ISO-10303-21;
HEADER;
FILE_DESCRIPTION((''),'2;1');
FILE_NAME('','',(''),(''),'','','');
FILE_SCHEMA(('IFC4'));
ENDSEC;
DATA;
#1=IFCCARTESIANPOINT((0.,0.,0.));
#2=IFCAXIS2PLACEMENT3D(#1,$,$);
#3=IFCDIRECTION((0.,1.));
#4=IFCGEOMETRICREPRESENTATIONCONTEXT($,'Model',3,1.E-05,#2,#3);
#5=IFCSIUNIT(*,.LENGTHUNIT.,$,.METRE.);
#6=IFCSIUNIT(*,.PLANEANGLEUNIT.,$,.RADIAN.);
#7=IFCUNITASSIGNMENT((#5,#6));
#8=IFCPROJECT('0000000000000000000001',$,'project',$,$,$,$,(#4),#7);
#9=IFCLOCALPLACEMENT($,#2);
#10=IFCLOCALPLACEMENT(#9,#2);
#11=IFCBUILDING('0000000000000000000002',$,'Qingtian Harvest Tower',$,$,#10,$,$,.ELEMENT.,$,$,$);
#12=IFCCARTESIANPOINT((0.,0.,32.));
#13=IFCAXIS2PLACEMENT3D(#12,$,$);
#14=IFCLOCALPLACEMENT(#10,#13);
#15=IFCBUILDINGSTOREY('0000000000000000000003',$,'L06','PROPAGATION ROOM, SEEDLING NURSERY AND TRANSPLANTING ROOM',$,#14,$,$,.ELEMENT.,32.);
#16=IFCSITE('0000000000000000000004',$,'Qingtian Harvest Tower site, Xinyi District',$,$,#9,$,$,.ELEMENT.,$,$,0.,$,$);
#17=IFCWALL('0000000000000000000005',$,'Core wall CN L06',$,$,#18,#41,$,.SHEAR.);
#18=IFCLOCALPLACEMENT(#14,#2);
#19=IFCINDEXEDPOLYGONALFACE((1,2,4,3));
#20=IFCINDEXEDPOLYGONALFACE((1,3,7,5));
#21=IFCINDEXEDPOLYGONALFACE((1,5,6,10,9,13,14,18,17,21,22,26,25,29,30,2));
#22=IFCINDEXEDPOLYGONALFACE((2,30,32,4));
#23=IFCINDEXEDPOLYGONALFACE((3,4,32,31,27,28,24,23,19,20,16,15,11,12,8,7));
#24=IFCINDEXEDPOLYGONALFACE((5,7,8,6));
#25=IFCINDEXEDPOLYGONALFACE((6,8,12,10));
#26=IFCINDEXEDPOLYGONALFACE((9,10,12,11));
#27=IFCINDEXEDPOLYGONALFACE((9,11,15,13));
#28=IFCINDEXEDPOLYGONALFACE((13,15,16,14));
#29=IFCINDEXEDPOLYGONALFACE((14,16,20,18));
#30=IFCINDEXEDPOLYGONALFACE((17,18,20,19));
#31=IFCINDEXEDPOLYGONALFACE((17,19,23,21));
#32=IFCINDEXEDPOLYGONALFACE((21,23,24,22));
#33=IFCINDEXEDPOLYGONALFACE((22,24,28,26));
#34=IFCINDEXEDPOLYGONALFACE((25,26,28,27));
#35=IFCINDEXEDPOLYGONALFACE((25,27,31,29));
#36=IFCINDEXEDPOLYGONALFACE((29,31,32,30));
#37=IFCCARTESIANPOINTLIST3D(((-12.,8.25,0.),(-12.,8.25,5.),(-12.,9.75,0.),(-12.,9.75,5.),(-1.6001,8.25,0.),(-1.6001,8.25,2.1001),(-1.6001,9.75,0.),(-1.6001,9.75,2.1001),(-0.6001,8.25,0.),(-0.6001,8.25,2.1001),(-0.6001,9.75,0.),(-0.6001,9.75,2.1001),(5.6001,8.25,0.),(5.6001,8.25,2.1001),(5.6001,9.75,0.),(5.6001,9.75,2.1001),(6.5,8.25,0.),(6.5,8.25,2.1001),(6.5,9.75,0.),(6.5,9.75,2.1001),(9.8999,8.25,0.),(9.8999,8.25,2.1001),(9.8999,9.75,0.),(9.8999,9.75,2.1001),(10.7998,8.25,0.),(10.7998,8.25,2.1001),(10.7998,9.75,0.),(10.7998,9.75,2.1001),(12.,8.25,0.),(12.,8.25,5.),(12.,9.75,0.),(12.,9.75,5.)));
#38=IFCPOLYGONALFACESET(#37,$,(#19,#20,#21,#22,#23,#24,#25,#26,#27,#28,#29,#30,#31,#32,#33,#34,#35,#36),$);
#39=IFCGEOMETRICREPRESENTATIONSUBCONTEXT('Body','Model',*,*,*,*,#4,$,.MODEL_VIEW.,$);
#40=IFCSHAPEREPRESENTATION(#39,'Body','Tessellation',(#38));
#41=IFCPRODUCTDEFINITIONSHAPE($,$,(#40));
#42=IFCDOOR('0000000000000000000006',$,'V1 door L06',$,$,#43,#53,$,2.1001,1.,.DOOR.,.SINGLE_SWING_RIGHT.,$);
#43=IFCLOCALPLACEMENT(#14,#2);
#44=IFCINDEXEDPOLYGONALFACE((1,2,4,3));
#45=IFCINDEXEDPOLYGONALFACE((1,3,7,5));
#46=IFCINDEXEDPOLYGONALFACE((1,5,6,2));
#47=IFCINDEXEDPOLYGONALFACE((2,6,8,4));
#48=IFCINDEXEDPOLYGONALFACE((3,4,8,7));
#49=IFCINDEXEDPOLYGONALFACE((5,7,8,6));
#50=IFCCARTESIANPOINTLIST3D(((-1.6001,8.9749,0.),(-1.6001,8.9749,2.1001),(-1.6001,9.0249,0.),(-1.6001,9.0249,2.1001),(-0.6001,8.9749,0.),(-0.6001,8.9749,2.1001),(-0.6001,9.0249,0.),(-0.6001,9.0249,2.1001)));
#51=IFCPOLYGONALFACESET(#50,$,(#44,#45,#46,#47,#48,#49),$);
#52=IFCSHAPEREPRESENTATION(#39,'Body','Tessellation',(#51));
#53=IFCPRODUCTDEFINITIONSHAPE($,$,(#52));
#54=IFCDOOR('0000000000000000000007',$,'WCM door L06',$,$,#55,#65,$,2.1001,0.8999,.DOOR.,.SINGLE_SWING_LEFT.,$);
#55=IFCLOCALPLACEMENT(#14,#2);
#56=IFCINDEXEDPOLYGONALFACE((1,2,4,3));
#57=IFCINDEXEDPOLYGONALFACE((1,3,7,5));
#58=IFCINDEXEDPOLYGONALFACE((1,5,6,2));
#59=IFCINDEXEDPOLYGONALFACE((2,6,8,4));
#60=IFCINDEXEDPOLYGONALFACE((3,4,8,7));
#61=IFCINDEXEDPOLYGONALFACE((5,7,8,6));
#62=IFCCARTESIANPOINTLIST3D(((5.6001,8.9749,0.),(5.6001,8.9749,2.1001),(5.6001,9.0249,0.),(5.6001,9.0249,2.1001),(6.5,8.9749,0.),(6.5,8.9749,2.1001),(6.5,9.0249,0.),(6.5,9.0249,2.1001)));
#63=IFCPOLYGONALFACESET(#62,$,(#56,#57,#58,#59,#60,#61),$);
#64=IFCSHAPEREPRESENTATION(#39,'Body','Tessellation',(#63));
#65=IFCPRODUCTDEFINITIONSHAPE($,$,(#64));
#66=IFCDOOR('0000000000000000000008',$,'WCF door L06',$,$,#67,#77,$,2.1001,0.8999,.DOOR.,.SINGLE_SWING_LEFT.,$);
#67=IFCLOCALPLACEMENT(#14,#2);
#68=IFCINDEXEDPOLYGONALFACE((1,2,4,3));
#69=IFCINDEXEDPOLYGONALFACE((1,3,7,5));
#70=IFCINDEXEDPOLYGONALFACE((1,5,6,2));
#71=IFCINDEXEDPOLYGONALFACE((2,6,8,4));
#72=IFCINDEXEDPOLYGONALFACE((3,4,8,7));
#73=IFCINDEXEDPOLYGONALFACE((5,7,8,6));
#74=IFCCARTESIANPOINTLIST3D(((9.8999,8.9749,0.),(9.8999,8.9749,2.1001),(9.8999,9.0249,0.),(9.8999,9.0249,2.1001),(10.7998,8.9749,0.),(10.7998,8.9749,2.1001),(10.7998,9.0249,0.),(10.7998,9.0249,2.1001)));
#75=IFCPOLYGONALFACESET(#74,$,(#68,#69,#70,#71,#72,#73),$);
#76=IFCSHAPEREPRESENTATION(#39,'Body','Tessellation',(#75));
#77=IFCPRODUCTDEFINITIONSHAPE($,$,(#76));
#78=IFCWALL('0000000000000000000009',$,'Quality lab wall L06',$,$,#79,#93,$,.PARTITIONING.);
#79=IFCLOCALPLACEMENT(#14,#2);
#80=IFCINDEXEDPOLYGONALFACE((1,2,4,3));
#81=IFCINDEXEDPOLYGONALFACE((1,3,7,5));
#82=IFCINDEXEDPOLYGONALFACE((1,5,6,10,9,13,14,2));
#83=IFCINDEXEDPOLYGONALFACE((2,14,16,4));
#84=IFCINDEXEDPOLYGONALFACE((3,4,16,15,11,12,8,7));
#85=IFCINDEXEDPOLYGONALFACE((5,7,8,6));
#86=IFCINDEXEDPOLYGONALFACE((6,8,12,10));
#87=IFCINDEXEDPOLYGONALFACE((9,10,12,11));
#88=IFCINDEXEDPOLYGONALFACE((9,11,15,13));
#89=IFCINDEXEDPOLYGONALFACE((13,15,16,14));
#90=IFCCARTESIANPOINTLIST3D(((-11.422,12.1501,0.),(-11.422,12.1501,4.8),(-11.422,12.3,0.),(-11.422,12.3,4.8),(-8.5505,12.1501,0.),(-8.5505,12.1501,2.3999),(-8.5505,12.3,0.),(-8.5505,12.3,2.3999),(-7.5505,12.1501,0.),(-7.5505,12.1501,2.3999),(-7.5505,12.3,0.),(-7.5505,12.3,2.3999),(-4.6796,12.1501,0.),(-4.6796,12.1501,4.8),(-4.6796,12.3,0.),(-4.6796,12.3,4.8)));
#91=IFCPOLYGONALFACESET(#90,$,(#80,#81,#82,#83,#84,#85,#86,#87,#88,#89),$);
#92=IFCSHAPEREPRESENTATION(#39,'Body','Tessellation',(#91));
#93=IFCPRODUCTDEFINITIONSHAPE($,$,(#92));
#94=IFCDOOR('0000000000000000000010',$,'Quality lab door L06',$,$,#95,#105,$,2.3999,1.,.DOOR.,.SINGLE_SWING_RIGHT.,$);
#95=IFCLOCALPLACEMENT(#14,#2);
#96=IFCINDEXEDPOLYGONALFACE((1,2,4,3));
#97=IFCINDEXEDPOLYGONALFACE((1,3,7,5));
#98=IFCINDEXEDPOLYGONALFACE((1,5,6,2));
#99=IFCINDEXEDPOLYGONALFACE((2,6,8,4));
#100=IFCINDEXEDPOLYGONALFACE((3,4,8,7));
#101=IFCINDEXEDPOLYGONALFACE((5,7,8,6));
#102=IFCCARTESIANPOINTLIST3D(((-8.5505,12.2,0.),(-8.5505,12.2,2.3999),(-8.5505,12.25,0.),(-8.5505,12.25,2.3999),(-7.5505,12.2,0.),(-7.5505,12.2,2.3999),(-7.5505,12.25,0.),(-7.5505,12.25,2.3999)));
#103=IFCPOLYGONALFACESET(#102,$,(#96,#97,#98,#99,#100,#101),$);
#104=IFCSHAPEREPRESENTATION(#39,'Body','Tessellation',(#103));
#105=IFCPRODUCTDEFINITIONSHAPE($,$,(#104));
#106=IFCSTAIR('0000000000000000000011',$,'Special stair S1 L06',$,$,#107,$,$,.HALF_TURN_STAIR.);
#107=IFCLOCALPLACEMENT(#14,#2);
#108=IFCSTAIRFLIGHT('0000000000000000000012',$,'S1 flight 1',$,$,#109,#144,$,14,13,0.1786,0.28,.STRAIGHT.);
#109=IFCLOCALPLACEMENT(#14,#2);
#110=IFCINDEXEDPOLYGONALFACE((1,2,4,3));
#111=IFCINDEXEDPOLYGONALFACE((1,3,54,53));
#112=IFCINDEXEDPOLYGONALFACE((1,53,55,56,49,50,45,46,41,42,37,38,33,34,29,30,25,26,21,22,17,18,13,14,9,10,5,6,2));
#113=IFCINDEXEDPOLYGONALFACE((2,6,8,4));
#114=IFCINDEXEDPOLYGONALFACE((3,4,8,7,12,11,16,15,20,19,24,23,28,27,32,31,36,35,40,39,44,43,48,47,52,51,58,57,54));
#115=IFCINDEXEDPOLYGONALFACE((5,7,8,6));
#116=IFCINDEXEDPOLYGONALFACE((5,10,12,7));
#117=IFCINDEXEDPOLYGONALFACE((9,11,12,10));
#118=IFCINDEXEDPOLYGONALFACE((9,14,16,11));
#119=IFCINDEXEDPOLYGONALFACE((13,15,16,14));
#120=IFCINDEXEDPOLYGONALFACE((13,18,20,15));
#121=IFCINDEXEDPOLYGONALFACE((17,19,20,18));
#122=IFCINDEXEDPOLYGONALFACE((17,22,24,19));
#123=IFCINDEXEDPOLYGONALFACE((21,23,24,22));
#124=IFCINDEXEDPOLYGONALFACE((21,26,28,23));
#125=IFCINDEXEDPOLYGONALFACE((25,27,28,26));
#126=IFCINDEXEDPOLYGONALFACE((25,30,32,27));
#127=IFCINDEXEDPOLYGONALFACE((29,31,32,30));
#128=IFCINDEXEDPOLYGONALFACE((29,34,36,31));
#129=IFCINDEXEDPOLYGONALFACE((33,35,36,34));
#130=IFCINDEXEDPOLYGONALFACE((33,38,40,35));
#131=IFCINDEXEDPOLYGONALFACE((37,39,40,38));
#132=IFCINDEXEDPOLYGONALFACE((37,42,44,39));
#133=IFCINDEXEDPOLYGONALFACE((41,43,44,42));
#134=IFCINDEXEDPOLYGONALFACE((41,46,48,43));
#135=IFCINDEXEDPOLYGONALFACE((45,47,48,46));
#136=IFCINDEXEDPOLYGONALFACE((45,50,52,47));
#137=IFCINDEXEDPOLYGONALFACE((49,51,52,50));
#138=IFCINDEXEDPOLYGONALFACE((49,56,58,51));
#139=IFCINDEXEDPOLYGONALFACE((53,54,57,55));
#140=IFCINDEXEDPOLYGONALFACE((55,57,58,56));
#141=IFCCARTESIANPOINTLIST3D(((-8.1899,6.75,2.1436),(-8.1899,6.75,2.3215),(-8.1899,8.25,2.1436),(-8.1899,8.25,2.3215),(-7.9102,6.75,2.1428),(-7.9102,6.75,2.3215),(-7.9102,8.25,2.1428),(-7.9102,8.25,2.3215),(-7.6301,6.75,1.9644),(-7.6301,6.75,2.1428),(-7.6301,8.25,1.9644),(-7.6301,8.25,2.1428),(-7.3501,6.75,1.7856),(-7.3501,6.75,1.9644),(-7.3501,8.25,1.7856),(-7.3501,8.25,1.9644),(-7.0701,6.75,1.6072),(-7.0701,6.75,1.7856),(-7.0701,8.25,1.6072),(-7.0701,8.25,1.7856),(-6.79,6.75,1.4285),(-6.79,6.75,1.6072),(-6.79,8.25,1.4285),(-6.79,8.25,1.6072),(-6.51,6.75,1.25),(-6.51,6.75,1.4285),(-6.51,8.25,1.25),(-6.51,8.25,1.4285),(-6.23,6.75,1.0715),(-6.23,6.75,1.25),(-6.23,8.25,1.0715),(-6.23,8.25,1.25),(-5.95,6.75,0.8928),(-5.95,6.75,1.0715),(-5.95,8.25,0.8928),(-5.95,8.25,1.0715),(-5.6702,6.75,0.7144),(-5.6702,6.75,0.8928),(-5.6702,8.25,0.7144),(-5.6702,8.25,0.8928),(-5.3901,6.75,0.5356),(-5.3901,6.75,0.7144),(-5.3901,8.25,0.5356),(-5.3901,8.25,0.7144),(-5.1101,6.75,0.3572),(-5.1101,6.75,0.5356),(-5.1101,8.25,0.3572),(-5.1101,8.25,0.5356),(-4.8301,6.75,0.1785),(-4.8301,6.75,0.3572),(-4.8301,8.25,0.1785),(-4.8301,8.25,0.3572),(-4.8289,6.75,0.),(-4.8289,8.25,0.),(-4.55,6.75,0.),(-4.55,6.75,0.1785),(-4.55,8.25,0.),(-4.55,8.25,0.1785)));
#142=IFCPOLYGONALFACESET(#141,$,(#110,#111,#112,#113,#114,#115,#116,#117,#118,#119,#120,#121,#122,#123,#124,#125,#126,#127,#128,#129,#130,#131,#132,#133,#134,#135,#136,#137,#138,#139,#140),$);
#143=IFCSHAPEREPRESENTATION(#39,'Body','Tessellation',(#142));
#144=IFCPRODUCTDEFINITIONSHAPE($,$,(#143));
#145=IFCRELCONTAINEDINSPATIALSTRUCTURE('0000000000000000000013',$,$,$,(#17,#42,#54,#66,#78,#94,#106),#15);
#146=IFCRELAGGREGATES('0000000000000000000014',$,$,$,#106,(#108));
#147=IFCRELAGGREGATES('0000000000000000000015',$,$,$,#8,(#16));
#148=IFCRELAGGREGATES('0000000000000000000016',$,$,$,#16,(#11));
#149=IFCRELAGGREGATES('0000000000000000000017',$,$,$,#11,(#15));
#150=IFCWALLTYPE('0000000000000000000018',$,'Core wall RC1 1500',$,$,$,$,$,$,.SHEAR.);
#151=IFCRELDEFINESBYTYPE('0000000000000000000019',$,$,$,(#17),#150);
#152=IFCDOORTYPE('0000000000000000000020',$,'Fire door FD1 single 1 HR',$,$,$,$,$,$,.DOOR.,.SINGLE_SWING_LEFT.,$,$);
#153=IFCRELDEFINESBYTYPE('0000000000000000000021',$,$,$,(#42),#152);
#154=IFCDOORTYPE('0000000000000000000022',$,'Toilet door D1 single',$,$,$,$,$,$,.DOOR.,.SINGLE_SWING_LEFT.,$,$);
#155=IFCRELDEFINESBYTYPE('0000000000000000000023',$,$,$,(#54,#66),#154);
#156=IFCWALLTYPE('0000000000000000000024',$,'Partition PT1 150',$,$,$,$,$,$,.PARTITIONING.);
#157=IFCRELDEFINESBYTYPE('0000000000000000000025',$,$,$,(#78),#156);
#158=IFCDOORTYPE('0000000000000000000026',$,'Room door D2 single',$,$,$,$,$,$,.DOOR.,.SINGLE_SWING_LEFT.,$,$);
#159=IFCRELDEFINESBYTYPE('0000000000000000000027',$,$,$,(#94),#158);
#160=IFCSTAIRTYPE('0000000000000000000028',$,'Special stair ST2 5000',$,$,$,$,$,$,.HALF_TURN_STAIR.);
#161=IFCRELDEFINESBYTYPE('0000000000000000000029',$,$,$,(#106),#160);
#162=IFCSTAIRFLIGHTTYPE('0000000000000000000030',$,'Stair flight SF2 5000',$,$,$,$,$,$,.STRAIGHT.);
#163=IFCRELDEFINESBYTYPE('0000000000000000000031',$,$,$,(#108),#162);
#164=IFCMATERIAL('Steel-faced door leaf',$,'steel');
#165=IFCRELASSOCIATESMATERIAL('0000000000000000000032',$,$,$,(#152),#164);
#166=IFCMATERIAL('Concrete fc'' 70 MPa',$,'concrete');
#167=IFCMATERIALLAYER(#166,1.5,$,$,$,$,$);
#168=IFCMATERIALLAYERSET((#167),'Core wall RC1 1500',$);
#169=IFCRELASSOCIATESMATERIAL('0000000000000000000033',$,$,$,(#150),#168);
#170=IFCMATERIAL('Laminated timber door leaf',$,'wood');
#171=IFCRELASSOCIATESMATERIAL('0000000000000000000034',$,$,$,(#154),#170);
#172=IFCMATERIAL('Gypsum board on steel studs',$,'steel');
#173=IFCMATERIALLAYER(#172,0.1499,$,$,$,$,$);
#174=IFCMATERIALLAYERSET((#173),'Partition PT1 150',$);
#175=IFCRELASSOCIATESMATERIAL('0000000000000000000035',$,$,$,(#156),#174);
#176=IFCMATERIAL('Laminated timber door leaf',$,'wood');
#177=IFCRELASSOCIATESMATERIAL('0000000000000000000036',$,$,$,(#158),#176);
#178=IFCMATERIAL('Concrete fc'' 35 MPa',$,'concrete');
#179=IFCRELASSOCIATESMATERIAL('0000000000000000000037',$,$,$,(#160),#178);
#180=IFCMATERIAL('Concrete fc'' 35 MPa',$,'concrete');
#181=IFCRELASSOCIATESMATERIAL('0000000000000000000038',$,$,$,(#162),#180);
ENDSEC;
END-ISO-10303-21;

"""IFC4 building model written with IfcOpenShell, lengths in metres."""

from ifc_helpers import new_model, si_unit, direction, frame, frame_2d, origin, place, context, subcontext, project, spatial, polyline, rectangle, outline, extrude, material, layer, layer_set, type_object, element, fill, aggregate, save


model = new_model("IFC4")

# Units and contexts
model_context = context("Model", 3, precision=1e-05, world=origin(), true_north=direction((0.0, 1.0)))
body_context = subcontext(model_context, "Body", "Model", "MODEL_VIEW")
ifc_project = project(units=[si_unit("LENGTHUNIT", "METRE"), si_unit("PLANEANGLEUNIT", "RADIAN")], contexts=[model_context])

# Site, building, storey
site_placement = place(None, origin())
site = spatial("IfcSite", under=ifc_project, at=site_placement, Name="Qingtian Harvest Tower site, Xinyi District", CompositionType="ELEMENT", RefElevation=0.0)
building_placement = place(site_placement, origin())
building = spatial("IfcBuilding", under=site, at=building_placement, Name="Qingtian Harvest Tower", CompositionType="ELEMENT")
storey_placement = place(building_placement, frame((0.0, 0.0, 32.0)))
storey = spatial("IfcBuildingStorey", under=building, at=storey_placement, Name="L06", Description="PROPAGATION ROOM, SEEDLING NURSERY AND TRANSPLANTING ROOM", CompositionType="ELEMENT", Elevation=32.0)

# Shared definitions
ifc_material_1 = material(Name="Steel-faced door leaf", Category="steel")
door_type_1 = type_object("IfcDoorType", Name="Fire door FD1 single 1 HR", OperationType="SINGLE_SWING_LEFT", PredefinedType="DOOR", material=ifc_material_1)

# Wall, openings, doors
ifc_material_2 = material(Name="Concrete fc' 70 MPa", Category="concrete")
ifc_layer_1 = layer(ifc_material_2, 1.5)
ifc_layer_set_1 = layer_set([ifc_layer_1], Name="Core wall RC1 1500")
wall_type_1 = type_object("IfcWallType", Name="Core wall RC1 1500", PredefinedType="SHEAR", material=ifc_layer_set_1)
wall_1_placement = place(storey_placement, frame((-12.0, 9.0, 0.0), z_axis=(0.0, 0.0, 1.0), x_axis=(1.0, 0.0, 0.0)))
wall_1 = element("IfcWall", 1, at=wall_1_placement, inside=storey, type_object=wall_type_1, Name="Core wall CN L06", PredefinedType="SHEAR", context=body_context, shape_type="SweptSolid", body=[
    extrude(rectangle(XDim=24.0, YDim=1.5, at=frame_2d((12.0, 0.0))), origin(), (0.0, 0.0, 1.0), 5.0),
])
opening_1_placement = place(wall_1_placement, frame((10.3999, 0.0, 0.0)))
opening_1 = element("IfcOpeningElement", 2, at=opening_1_placement, cuts=wall_1, PredefinedType="OPENING", context=body_context, shape_type="SweptSolid", body=[
    extrude(rectangle(XDim=1.0, YDim=2.1001, at=frame_2d((0.5, 1.05))), frame((0.0, 0.76, 0.0), z_axis=(0.0, -1.0, 0.0), x_axis=(1.0, 0.0, 0.0)), (0.0, 0.0, 1.0), 1.52),
])
opening_2_placement = place(wall_1_placement, frame((17.6001, 0.0, 0.0)))
opening_2 = element("IfcOpeningElement", 3, at=opening_2_placement, cuts=wall_1, PredefinedType="OPENING", context=body_context, shape_type="SweptSolid", body=[
    extrude(rectangle(XDim=0.8999, YDim=2.1001, at=frame_2d((0.45, 1.05))), frame((0.0, 0.76, 0.0), z_axis=(0.0, -1.0, 0.0), x_axis=(1.0, 0.0, 0.0)), (0.0, 0.0, 1.0), 1.52),
])
opening_3_placement = place(wall_1_placement, frame((21.8999, 0.0, 0.0)))
opening_3 = element("IfcOpeningElement", 4, at=opening_3_placement, cuts=wall_1, PredefinedType="OPENING", context=body_context, shape_type="SweptSolid", body=[
    extrude(rectangle(XDim=0.8999, YDim=2.1001, at=frame_2d((0.45, 1.05))), frame((0.0, 0.76, 0.0), z_axis=(0.0, -1.0, 0.0), x_axis=(1.0, 0.0, 0.0)), (0.0, 0.0, 1.0), 1.52),
])
door_1_placement = place(opening_1_placement, origin())
door_1 = element("IfcDoor", 5, at=door_1_placement, inside=storey, type_object=door_type_1, Name="V1 door L06", OperationType="SINGLE_SWING_RIGHT", OverallHeight=2.1001, OverallWidth=1.0, PredefinedType="DOOR", context=body_context, shape_type="SweptSolid", body=[
    extrude(rectangle(XDim=1.0, YDim=2.1001, at=frame_2d((0.5, 1.05))), frame((0.0, 0.0249, 0.0), z_axis=(0.0, -1.0, 0.0), x_axis=(1.0, 0.0, 0.0)), (0.0, 0.0, 1.0), 0.05),
])
fill(opening_1, door_1)
ifc_material_3 = material(Name="Laminated timber door leaf", Category="wood")
door_type_2 = type_object("IfcDoorType", Name="Toilet door D1 single", OperationType="SINGLE_SWING_LEFT", PredefinedType="DOOR", material=ifc_material_3)
door_2_placement = place(opening_2_placement, origin())
door_2 = element("IfcDoor", 6, at=door_2_placement, inside=storey, type_object=door_type_2, Name="WCM door L06", OperationType="SINGLE_SWING_LEFT", OverallHeight=2.1001, OverallWidth=0.8999, PredefinedType="DOOR", context=body_context, shape_type="SweptSolid", body=[
    extrude(rectangle(XDim=0.8999, YDim=2.1001, at=frame_2d((0.45, 1.05))), frame((0.0, 0.0249, 0.0), z_axis=(0.0, -1.0, 0.0), x_axis=(1.0, 0.0, 0.0)), (0.0, 0.0, 1.0), 0.05),
])
fill(opening_2, door_2)
door_3_placement = place(opening_3_placement, origin())
door_3 = element("IfcDoor", 7, at=door_3_placement, inside=storey, type_object=door_type_2, Name="WCF door L06", OperationType="SINGLE_SWING_LEFT", OverallHeight=2.1001, OverallWidth=0.8999, PredefinedType="DOOR", context=body_context, shape_type="SweptSolid", body=[
    extrude(rectangle(XDim=0.8999, YDim=2.1001, at=frame_2d((0.45, 1.05))), frame((0.0, 0.0249, 0.0), z_axis=(0.0, -1.0, 0.0), x_axis=(1.0, 0.0, 0.0)), (0.0, 0.0, 1.0), 0.05),
])
fill(opening_3, door_3)

# Wall, opening, door
ifc_material_4 = material(Name="Gypsum board on steel studs", Category="steel")
ifc_layer_2 = layer(ifc_material_4, 0.1499)
ifc_layer_set_2 = layer_set([ifc_layer_2], Name="Partition PT1 150")
wall_type_2 = type_object("IfcWallType", Name="Partition PT1 150", PredefinedType="PARTITIONING", material=ifc_layer_set_2)
wall_2_placement = place(storey_placement, frame((-11.4219, 12.2251, 0.0), z_axis=(0.0, 0.0, 1.0), x_axis=(1.0, 0.0, 0.0)))
wall_2 = element("IfcWall", 8, at=wall_2_placement, inside=storey, type_object=wall_type_2, Name="Quality lab wall L06", PredefinedType="PARTITIONING", context=body_context, shape_type="SweptSolid", body=[
    extrude(rectangle(XDim=6.7424, YDim=0.1499, at=frame_2d((3.3711, 0.0))), origin(), (0.0, 0.0, 1.0), 4.8),
])
opening_4_placement = place(wall_2_placement, frame((2.8713, 0.0, 0.0)))
opening_4 = element("IfcOpeningElement", 9, at=opening_4_placement, cuts=wall_2, PredefinedType="OPENING", context=body_context, shape_type="SweptSolid", body=[
    extrude(rectangle(XDim=1.0, YDim=2.3999, at=frame_2d((0.5, 1.2))), frame((0.0, 0.085, 0.0), z_axis=(0.0, -1.0, 0.0), x_axis=(1.0, 0.0, 0.0)), (0.0, 0.0, 1.0), 0.1699),
])
ifc_material_5 = material(Name="Laminated timber door leaf", Category="wood")
door_type_3 = type_object("IfcDoorType", Name="Room door D2 single", OperationType="SINGLE_SWING_LEFT", PredefinedType="DOOR", material=ifc_material_5)
door_4_placement = place(opening_4_placement, origin())
door_4 = element("IfcDoor", 10, at=door_4_placement, inside=storey, type_object=door_type_3, Name="Quality lab door L06", OperationType="SINGLE_SWING_RIGHT", OverallHeight=2.3999, OverallWidth=1.0, PredefinedType="DOOR", context=body_context, shape_type="SweptSolid", body=[
    extrude(rectangle(XDim=1.0, YDim=2.3999, at=frame_2d((0.5, 1.2))), frame((0.0, 0.0249, 0.0), z_axis=(0.0, -1.0, 0.0), x_axis=(1.0, 0.0, 0.0)), (0.0, 0.0, 1.0), 0.05),
])
fill(opening_4, door_4)

# Stair, stair flight
ifc_material_6 = material(Name="Concrete fc' 35 MPa", Category="concrete")
stair_type = type_object("IfcStairType", Name="Special stair ST2 5000", PredefinedType="HALF_TURN_STAIR", material=ifc_material_6)
stair_placement = place(storey_placement, origin())
stair = element("IfcStair", 11, at=stair_placement, inside=storey, type_object=stair_type, Name="Special stair S1 L06", PredefinedType="HALF_TURN_STAIR")
ifc_material_7 = material(Name="Concrete fc' 35 MPa", Category="concrete")
stair_flight_type = type_object("IfcStairFlightType", Name="Stair flight SF2 5000", PredefinedType="STRAIGHT", material=ifc_material_7)
stair_flight_1_placement = place(storey_placement, frame((-4.55, 7.5, 0.0), z_axis=(0.0, 0.0, 1.0), x_axis=(-1.0, 0.0, 0.0)))
stair_flight_1 = element("IfcStairFlight", 12, at=stair_flight_1_placement, type_object=stair_flight_type, Name="S1 flight 1", NumberOfRisers=14, NumberOfTreads=13, PredefinedType="STRAIGHT", RiserHeight=0.1786, TreadLength=0.28, context=body_context, shape_type="SweptSolid", body=[
    extrude(outline(polyline([(0.0, 0.0), (0.0, 0.1785), (0.28, 0.1785), (0.28, 0.3572), (0.5601, 0.3572), (0.5601, 0.5356), (0.8401, 0.5356), (0.8401, 0.7144), (1.1201, 0.7144), (1.1201, 0.8928), (1.3999, 0.8928), (1.3999, 1.0715), (1.6799, 1.0715), (1.6799, 1.25), (1.96, 1.25), (1.96, 1.4285), (2.24, 1.4285), (2.24, 1.6072), (2.52, 1.6072), (2.52, 1.7856), (2.8, 1.7856), (2.8, 1.9644), (3.0801, 1.9644), (3.0801, 2.1428), (3.3601, 2.1428), (3.3601, 2.3215), (3.6399, 2.3215), (3.6399, 2.5), (3.6399, 2.1436), (0.2788, 0.0), (0.0, 0.0)])), frame((0.0, 0.75, 0.0), z_axis=(0.0, -1.0, 0.0), x_axis=(1.0, 0.0, 0.0)), (0.0, 0.0, 1.0), 1.5),
])
aggregate(stair, [stair_flight_1])

save(model, "model.ifc")
